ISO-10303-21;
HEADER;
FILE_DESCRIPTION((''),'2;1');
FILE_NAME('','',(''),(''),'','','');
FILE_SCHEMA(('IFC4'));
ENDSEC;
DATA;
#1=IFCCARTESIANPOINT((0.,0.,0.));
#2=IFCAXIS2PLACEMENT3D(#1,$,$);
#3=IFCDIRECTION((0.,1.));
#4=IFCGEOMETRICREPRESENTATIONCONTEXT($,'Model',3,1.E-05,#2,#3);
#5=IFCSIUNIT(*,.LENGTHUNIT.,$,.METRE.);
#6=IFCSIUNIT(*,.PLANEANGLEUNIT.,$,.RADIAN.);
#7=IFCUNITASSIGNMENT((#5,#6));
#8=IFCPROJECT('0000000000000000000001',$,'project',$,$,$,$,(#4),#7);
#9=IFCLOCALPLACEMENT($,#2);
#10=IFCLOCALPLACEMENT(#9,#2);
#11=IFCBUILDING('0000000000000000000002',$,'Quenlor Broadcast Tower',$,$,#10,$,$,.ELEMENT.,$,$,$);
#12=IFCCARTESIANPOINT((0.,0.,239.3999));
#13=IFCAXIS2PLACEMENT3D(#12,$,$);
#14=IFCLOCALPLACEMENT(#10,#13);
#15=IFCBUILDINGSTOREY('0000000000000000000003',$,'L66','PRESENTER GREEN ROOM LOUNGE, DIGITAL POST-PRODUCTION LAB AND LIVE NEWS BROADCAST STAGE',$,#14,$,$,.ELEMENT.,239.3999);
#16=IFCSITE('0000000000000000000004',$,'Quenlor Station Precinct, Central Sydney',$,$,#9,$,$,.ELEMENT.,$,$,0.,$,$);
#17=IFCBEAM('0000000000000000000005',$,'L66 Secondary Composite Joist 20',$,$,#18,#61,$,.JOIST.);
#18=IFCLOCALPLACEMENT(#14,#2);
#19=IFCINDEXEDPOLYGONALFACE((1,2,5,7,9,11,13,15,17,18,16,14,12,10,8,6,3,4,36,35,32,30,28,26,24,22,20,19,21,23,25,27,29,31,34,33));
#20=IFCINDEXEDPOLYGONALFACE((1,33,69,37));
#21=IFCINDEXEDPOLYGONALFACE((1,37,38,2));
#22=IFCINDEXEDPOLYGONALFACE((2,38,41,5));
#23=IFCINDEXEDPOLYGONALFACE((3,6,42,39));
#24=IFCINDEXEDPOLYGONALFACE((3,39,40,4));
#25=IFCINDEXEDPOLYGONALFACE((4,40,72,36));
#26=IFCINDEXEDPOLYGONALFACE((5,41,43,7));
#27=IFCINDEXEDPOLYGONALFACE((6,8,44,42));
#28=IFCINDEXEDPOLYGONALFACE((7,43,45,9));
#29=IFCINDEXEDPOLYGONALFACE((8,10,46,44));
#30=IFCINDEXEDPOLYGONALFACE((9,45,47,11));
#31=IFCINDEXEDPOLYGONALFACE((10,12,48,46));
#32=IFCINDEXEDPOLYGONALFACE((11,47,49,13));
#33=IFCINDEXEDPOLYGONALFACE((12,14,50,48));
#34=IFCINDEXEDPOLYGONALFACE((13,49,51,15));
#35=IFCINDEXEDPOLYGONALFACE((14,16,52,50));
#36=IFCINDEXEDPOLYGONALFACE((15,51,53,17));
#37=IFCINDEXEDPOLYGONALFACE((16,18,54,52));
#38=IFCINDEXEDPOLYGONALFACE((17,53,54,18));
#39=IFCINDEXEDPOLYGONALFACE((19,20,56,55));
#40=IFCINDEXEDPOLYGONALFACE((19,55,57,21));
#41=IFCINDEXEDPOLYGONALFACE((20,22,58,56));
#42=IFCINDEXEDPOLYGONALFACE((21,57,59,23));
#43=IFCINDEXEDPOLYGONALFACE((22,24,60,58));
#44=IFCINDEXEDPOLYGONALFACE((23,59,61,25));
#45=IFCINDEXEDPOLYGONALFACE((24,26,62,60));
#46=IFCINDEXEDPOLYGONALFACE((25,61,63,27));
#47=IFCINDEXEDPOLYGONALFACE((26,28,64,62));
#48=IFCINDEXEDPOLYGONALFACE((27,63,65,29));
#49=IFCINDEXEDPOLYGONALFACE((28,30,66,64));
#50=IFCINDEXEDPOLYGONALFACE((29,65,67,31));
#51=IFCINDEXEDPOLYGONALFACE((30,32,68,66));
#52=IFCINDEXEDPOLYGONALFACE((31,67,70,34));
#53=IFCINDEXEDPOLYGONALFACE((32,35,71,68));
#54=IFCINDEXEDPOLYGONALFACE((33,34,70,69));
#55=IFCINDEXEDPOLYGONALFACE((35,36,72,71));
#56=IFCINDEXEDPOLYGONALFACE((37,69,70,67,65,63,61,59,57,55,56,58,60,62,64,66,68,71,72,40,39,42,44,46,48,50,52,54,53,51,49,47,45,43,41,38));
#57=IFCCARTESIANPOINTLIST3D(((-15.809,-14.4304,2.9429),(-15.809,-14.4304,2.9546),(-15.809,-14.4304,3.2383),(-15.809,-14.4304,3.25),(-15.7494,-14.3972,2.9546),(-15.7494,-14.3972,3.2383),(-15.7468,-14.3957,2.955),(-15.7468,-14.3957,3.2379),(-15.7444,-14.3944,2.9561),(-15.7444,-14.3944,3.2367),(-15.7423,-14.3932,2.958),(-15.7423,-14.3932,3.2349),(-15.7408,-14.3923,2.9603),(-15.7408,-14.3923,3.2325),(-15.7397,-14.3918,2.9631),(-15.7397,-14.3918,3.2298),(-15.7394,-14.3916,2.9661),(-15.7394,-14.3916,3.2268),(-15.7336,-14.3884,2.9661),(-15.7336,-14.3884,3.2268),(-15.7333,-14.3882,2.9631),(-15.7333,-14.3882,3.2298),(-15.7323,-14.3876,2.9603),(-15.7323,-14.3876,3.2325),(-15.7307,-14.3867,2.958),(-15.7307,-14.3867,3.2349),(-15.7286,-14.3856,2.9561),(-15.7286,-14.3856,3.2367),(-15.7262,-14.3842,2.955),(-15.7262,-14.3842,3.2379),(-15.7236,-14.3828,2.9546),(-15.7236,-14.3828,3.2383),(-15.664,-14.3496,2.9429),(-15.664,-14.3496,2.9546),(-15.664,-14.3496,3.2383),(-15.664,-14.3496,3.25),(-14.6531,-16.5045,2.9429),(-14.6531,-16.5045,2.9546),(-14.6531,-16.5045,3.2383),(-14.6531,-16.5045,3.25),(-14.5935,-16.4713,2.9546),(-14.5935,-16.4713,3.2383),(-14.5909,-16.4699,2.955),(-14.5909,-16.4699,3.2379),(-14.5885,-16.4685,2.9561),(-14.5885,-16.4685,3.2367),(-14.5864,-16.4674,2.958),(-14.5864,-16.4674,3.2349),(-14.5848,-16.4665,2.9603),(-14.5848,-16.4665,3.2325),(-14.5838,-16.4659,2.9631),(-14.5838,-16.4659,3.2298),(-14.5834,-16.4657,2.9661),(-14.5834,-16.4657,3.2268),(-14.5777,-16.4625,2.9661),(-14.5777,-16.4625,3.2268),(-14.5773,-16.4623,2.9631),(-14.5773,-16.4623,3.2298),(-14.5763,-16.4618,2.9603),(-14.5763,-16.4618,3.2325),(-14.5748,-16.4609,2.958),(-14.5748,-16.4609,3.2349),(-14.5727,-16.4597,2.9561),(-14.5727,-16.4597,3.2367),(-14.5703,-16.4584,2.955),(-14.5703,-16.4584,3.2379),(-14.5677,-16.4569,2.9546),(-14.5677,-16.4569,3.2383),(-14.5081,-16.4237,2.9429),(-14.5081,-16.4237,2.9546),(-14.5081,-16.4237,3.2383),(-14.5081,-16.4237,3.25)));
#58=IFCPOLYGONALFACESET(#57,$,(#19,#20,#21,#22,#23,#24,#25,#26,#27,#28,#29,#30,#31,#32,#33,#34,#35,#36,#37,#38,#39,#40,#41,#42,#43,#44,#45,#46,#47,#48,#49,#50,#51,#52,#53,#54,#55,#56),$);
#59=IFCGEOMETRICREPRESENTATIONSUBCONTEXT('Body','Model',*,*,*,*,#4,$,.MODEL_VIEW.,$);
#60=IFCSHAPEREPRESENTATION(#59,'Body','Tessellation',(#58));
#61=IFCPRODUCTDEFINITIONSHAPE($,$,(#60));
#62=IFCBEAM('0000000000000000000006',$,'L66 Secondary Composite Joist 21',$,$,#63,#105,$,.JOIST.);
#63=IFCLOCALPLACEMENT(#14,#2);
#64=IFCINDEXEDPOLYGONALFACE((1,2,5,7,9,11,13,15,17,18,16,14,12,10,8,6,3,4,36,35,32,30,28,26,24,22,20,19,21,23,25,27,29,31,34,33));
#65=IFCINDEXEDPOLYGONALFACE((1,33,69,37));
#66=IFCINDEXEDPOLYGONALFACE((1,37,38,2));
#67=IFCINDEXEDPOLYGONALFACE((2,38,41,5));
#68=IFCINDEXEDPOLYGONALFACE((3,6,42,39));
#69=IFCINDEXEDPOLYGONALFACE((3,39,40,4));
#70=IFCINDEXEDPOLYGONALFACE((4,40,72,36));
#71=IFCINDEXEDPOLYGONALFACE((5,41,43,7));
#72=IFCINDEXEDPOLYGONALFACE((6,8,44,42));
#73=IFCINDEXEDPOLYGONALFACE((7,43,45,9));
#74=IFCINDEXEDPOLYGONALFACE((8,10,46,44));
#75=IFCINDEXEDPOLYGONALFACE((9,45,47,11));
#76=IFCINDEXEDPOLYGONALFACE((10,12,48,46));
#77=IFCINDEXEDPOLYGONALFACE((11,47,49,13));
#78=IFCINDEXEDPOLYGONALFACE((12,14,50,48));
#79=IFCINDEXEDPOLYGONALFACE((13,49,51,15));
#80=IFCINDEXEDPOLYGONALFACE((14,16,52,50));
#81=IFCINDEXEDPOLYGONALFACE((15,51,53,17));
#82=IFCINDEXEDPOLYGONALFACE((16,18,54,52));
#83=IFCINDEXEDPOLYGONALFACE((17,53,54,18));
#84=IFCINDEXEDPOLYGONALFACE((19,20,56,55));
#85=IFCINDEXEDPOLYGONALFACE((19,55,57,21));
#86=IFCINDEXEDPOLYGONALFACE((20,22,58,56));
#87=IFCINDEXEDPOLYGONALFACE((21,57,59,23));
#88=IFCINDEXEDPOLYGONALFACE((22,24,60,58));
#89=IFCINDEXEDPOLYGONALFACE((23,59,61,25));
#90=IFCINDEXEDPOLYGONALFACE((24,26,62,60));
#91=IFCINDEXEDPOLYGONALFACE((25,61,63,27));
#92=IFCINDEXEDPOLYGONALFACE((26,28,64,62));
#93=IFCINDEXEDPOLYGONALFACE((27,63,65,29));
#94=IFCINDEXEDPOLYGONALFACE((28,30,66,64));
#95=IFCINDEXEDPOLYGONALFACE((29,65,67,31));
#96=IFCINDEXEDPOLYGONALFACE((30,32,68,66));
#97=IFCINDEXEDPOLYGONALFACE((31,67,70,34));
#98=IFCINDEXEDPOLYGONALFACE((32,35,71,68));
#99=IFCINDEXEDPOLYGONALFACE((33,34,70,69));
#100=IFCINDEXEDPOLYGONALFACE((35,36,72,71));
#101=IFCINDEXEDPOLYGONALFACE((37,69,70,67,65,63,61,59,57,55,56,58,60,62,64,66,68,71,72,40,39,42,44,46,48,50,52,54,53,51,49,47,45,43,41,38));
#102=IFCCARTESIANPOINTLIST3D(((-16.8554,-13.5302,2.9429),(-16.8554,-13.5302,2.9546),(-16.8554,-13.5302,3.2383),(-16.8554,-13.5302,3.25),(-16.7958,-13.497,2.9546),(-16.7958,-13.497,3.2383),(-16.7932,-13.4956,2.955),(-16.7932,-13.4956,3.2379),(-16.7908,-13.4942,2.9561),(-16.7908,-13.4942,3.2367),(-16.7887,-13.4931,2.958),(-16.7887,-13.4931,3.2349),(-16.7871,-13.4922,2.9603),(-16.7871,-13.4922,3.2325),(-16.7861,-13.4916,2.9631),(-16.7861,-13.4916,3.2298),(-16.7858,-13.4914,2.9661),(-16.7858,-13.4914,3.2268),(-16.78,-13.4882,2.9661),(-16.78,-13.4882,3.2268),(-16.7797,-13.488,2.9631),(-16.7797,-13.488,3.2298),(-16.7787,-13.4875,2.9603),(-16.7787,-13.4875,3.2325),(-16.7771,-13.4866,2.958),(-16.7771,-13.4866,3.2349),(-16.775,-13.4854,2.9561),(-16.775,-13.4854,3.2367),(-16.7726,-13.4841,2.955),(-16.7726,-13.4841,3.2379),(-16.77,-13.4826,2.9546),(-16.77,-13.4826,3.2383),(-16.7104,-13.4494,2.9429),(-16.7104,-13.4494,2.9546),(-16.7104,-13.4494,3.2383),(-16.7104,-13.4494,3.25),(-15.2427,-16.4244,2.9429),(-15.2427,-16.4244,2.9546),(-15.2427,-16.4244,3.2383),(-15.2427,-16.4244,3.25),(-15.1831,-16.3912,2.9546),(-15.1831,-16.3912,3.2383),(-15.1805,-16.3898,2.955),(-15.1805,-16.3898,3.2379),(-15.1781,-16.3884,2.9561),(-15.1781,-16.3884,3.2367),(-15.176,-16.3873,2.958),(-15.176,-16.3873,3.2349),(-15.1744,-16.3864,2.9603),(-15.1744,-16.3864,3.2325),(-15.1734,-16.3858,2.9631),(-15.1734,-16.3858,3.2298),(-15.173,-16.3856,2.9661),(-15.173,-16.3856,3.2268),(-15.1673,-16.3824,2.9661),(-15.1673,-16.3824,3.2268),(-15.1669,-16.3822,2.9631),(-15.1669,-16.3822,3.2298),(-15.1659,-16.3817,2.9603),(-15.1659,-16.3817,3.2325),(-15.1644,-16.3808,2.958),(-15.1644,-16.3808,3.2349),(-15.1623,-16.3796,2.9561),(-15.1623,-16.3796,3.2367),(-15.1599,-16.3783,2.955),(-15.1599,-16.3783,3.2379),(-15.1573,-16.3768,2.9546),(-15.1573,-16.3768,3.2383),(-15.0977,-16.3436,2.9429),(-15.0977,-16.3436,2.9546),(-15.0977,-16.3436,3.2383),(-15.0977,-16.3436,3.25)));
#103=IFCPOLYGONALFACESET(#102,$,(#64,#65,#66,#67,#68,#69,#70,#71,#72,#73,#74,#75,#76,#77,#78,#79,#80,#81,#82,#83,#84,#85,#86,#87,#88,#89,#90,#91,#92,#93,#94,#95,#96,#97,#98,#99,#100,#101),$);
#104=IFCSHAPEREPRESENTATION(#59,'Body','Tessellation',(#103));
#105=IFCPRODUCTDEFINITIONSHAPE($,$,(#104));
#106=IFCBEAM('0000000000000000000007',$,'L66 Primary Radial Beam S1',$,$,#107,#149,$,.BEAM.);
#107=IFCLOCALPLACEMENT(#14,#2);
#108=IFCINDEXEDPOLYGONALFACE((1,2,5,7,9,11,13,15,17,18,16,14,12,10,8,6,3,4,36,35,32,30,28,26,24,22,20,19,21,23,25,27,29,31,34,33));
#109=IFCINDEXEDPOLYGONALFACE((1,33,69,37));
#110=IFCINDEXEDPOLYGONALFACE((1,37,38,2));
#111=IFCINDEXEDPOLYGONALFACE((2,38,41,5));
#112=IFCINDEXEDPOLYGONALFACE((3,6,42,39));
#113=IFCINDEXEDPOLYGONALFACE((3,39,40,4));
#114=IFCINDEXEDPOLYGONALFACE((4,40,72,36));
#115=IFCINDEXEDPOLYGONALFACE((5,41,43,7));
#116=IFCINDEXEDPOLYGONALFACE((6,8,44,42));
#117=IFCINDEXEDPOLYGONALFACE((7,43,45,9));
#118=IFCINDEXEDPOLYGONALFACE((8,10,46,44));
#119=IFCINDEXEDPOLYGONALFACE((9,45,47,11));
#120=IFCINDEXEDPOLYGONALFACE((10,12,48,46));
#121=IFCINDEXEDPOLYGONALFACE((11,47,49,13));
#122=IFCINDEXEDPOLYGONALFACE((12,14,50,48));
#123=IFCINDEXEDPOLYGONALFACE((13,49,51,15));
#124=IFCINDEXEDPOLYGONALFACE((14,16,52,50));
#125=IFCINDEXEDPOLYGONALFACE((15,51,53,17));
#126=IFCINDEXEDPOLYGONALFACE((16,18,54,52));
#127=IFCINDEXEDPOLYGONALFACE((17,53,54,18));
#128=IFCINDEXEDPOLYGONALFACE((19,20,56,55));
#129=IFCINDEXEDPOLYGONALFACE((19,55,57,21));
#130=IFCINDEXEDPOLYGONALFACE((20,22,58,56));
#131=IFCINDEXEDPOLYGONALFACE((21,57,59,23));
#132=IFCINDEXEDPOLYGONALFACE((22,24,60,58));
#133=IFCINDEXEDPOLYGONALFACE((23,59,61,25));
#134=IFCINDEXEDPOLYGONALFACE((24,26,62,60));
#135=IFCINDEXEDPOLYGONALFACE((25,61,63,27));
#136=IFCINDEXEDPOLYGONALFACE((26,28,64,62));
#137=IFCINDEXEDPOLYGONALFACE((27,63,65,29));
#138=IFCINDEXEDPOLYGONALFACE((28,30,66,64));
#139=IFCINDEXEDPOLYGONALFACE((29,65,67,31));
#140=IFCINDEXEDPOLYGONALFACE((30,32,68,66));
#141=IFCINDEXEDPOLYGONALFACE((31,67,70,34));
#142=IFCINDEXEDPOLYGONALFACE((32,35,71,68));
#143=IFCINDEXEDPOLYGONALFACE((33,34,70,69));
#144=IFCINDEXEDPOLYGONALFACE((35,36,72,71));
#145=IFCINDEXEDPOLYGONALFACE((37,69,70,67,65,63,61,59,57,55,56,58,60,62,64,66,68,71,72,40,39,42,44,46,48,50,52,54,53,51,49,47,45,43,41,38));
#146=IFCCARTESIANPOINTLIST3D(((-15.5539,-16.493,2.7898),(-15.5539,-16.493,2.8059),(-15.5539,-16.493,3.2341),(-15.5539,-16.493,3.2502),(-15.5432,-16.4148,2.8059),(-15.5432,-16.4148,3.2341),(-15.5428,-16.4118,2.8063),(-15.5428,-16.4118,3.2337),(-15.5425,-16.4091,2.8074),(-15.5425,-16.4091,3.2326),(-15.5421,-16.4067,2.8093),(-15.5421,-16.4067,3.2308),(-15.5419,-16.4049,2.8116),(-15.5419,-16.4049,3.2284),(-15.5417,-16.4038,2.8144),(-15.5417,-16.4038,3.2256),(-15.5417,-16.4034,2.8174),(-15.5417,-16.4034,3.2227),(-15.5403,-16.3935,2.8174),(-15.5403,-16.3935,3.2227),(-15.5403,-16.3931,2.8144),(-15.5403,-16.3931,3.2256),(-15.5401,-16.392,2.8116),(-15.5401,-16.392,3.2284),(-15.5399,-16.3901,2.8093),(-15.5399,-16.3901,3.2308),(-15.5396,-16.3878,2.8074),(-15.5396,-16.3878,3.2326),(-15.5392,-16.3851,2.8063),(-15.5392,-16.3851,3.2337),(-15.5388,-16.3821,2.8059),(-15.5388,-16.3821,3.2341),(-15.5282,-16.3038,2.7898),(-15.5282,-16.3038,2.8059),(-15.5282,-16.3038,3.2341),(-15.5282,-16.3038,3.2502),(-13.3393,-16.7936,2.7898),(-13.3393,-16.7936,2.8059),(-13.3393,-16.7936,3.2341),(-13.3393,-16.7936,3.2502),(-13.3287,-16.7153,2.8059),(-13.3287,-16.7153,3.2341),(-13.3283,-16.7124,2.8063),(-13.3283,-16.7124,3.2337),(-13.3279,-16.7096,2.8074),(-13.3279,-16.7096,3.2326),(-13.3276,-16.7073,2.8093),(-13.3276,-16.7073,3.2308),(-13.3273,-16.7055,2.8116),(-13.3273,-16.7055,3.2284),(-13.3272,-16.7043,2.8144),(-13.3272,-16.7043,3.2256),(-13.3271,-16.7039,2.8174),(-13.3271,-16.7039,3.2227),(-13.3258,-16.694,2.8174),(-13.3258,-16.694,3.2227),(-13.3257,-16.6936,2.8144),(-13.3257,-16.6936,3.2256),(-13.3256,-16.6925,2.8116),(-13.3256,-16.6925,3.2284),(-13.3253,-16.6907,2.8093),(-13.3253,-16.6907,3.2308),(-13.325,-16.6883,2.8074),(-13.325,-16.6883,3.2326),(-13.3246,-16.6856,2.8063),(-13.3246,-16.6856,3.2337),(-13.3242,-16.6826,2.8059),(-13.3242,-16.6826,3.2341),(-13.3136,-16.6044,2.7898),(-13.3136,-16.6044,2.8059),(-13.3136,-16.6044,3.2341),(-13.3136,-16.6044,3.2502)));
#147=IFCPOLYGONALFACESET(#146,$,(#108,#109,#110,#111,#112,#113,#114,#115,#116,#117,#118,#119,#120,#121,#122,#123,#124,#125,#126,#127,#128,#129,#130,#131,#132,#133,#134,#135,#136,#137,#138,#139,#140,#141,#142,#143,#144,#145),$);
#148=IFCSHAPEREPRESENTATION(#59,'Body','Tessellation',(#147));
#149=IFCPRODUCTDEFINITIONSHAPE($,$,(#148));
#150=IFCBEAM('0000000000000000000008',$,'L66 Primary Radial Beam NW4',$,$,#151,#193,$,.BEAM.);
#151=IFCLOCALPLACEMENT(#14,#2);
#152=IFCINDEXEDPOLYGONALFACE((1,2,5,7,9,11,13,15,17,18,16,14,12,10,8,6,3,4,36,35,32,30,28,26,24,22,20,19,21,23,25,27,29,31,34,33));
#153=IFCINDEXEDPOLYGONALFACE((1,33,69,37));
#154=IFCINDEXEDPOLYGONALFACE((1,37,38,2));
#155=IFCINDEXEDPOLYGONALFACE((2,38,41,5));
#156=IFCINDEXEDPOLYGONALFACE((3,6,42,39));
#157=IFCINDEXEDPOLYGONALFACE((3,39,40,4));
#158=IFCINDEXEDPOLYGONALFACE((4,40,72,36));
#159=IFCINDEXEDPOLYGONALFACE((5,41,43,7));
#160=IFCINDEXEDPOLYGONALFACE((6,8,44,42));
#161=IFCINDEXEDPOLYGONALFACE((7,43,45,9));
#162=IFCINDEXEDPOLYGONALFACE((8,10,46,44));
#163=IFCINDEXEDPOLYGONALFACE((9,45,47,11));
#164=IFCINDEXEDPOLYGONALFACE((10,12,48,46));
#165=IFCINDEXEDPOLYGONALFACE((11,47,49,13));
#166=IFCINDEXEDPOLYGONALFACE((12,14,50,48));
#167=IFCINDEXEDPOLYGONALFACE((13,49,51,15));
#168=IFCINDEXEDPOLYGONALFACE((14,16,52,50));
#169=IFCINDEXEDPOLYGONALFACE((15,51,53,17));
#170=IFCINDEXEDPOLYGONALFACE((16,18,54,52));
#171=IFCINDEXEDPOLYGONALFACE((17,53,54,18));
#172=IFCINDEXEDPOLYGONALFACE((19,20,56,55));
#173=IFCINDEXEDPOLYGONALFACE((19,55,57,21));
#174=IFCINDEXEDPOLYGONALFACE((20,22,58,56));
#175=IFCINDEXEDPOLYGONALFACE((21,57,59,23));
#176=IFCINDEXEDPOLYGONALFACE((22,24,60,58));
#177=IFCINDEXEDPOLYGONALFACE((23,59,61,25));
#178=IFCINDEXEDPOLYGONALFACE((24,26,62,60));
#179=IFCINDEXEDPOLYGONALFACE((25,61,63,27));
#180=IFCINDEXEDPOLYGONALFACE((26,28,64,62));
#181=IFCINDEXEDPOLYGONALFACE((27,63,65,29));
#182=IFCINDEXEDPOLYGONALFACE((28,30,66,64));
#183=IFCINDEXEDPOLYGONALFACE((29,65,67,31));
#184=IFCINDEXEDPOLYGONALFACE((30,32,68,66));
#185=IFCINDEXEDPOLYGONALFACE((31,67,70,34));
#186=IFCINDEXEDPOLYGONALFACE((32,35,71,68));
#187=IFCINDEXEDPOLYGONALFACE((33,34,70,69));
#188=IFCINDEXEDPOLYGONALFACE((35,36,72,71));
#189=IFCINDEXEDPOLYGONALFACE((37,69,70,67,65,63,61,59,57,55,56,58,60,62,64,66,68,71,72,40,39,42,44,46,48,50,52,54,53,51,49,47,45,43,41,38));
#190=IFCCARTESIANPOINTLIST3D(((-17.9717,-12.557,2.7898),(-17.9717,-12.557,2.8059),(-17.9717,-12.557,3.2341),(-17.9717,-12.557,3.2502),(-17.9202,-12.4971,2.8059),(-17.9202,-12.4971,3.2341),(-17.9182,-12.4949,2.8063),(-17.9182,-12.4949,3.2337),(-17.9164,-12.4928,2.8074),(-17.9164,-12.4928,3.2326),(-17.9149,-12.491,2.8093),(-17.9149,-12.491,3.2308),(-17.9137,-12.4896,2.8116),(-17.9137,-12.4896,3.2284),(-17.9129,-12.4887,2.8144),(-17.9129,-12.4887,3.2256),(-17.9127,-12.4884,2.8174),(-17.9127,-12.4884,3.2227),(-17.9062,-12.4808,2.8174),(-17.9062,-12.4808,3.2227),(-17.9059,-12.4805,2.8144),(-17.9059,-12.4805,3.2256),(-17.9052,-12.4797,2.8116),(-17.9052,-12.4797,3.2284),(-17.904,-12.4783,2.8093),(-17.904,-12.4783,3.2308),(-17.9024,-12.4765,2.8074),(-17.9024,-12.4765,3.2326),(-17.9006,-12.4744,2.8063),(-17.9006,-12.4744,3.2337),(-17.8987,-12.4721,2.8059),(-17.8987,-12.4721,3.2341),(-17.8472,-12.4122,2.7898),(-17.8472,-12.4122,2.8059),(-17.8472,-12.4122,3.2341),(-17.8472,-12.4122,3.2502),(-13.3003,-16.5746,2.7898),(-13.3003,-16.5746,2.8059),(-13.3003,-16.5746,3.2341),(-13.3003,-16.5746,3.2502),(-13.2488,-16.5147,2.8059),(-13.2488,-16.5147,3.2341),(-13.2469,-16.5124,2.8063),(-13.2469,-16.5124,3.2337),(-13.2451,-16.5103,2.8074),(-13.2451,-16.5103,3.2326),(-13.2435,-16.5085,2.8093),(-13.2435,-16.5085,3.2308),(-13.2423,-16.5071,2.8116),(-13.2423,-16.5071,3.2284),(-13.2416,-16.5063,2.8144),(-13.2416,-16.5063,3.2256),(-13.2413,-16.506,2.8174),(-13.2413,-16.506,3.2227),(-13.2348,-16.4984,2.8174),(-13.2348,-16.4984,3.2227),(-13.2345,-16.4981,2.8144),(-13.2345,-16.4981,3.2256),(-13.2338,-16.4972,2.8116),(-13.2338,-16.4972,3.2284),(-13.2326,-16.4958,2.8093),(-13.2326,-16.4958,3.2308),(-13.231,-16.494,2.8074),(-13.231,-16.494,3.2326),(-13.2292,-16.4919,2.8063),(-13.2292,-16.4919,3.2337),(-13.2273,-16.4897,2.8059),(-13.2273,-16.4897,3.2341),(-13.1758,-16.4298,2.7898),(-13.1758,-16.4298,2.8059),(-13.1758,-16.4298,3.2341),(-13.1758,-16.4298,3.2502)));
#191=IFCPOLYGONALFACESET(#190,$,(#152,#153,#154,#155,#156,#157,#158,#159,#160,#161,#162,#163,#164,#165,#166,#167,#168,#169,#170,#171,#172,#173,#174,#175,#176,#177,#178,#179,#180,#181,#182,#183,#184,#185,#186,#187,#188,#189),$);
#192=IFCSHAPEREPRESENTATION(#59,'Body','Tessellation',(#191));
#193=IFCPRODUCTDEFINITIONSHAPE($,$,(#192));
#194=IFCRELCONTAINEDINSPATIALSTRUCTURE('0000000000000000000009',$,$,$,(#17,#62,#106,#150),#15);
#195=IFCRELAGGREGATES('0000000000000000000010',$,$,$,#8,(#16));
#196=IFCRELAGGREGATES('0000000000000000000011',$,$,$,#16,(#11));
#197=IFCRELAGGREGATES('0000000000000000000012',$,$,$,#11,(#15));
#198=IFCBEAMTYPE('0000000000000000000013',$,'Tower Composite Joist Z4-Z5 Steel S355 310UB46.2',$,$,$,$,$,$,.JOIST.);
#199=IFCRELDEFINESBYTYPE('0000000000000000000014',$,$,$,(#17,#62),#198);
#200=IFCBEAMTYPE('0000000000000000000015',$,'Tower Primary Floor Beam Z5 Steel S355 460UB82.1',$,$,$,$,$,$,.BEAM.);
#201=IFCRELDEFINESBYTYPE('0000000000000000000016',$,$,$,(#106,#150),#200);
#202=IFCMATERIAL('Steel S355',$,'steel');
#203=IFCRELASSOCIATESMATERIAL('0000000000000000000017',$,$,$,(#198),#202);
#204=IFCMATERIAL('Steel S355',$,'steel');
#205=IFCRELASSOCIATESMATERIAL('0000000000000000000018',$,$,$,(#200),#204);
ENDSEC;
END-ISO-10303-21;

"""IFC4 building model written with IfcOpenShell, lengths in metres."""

from ifc_helpers import new_model, si_unit, direction, frame, origin, origin_2d, place, context, subcontext, project, spatial, i_section, extrude, material, material_profile, profile_set, type_object, element, save


model = new_model("IFC4")

# Units and contexts
model_context = context("Model", 3, precision=1e-05, world=origin(), true_north=direction((0.0, 1.0)))
body_context = subcontext(model_context, "Body", "Model", "MODEL_VIEW")
ifc_project = project(units=[si_unit("LENGTHUNIT", "METRE"), si_unit("PLANEANGLEUNIT", "RADIAN")], contexts=[model_context])

# Site, building, storey
site_placement = place(None, origin())
site = spatial("IfcSite", under=ifc_project, at=site_placement, Name="Quenlor Station Precinct, Central Sydney", CompositionType="ELEMENT", RefElevation=0.0)
building_placement = place(site_placement, origin())
building = spatial("IfcBuilding", under=site, at=building_placement, Name="Quenlor Broadcast Tower", CompositionType="ELEMENT")
storey_placement = place(building_placement, frame((0.0, 0.0, 239.3999)))
storey = spatial("IfcBuildingStorey", under=building, at=storey_placement, Name="L66", Description="PRESENTER GREEN ROOM LOUNGE, DIGITAL POST-PRODUCTION LAB AND LIVE NEWS BROADCAST STAGE", CompositionType="ELEMENT", Elevation=239.3999)

# Beams
ifc_material_1 = material(Name="Steel S355", Category="steel")
ifc_material_profile_1 = material_profile(ifc_material_1, i_section(OverallWidth=0.166, OverallDepth=0.3071, WebThickness=0.0066, FlangeThickness=0.0117, FilletRadius=0.0115, at=origin_2d()))
ifc_profile_set_1 = profile_set([ifc_material_profile_1], Name="Steel S355 310UB46.2")
beam_type_1 = type_object("IfcBeamType", Name="Tower Composite Joist Z4-Z5 Steel S355 310UB46.2", PredefinedType="JOIST", material=ifc_profile_set_1)
beam_1_placement = place(storey_placement, frame((-14.5806, -16.4641, 3.0964), z_axis=(-0.486821, 0.873502, 0.0), x_axis=(-0.873502, -0.486821, 0.0)))
element("IfcBeam", 1, at=beam_1_placement, inside=storey, type_object=beam_type_1, Name="L66 Secondary Composite Joist 20", PredefinedType="JOIST", context=body_context, shape_type="SweptSolid", body=[
    extrude(i_section(OverallWidth=0.166, OverallDepth=0.3071, WebThickness=0.0066, FlangeThickness=0.0117, FilletRadius=0.0115, at=origin_2d()), origin(), (0.0, 0.0, 1.0), 2.3745),
])
beam_2_placement = place(storey_placement, frame((-15.1702, -16.384, 3.0964), z_axis=(-0.486762, 0.873534, 0.0), x_axis=(-0.873534, -0.486762, 0.0)))
element("IfcBeam", 2, at=beam_2_placement, inside=storey, type_object=beam_type_1, Name="L66 Secondary Composite Joist 21", PredefinedType="JOIST", context=body_context, shape_type="SweptSolid", body=[
    extrude(i_section(OverallWidth=0.166, OverallDepth=0.3071, WebThickness=0.0066, FlangeThickness=0.0117, FilletRadius=0.0115, at=origin_2d()), origin(), (0.0, 0.0, 1.0), 3.3132),
])
ifc_material_2 = material(Name="Steel S355", Category="steel")
ifc_material_profile_2 = material_profile(ifc_material_2, i_section(OverallWidth=0.1909, OverallDepth=0.4604, WebThickness=0.01, FlangeThickness=0.0161, FilletRadius=0.0115, at=origin_2d()))
ifc_profile_set_2 = profile_set([ifc_material_profile_2], Name="Steel S355 460UB82.1")
beam_type_2 = type_object("IfcBeamType", Name="Tower Primary Floor Beam Z5 Steel S355 460UB82.1", PredefinedType="BEAM", material=ifc_profile_set_2)
beam_3_placement = place(storey_placement, frame((-15.541, -16.3984, 3.02), z_axis=(0.990917, -0.134475, 0.0), x_axis=(0.134475, 0.990917, 0.0)))
element("IfcBeam", 3, at=beam_3_placement, inside=storey, type_object=beam_type_2, Name="L66 Primary Radial Beam S1", PredefinedType="BEAM", context=body_context, shape_type="SweptSolid", body=[
    extrude(i_section(OverallWidth=0.1909, OverallDepth=0.4604, WebThickness=0.01, FlangeThickness=0.0161, FilletRadius=0.0115, at=origin_2d()), origin(), (0.0, 0.0, 1.0), 2.2349),
])
beam_4_placement = place(storey_placement, frame((-17.9094, -12.4846, 3.02), z_axis=(0.75817, -0.652057, 0.0), x_axis=(0.652057, 0.75817, 0.0)))
element("IfcBeam", 4, at=beam_4_placement, inside=storey, type_object=beam_type_2, Name="L66 Primary Radial Beam NW4", PredefinedType="BEAM", context=body_context, shape_type="SweptSolid", body=[
    extrude(i_section(OverallWidth=0.1909, OverallDepth=0.4604, WebThickness=0.01, FlangeThickness=0.0161, FilletRadius=0.0115, at=origin_2d()), origin(), (0.0, 0.0, 1.0), 6.1614),
])

save(model, "model.ifc")
